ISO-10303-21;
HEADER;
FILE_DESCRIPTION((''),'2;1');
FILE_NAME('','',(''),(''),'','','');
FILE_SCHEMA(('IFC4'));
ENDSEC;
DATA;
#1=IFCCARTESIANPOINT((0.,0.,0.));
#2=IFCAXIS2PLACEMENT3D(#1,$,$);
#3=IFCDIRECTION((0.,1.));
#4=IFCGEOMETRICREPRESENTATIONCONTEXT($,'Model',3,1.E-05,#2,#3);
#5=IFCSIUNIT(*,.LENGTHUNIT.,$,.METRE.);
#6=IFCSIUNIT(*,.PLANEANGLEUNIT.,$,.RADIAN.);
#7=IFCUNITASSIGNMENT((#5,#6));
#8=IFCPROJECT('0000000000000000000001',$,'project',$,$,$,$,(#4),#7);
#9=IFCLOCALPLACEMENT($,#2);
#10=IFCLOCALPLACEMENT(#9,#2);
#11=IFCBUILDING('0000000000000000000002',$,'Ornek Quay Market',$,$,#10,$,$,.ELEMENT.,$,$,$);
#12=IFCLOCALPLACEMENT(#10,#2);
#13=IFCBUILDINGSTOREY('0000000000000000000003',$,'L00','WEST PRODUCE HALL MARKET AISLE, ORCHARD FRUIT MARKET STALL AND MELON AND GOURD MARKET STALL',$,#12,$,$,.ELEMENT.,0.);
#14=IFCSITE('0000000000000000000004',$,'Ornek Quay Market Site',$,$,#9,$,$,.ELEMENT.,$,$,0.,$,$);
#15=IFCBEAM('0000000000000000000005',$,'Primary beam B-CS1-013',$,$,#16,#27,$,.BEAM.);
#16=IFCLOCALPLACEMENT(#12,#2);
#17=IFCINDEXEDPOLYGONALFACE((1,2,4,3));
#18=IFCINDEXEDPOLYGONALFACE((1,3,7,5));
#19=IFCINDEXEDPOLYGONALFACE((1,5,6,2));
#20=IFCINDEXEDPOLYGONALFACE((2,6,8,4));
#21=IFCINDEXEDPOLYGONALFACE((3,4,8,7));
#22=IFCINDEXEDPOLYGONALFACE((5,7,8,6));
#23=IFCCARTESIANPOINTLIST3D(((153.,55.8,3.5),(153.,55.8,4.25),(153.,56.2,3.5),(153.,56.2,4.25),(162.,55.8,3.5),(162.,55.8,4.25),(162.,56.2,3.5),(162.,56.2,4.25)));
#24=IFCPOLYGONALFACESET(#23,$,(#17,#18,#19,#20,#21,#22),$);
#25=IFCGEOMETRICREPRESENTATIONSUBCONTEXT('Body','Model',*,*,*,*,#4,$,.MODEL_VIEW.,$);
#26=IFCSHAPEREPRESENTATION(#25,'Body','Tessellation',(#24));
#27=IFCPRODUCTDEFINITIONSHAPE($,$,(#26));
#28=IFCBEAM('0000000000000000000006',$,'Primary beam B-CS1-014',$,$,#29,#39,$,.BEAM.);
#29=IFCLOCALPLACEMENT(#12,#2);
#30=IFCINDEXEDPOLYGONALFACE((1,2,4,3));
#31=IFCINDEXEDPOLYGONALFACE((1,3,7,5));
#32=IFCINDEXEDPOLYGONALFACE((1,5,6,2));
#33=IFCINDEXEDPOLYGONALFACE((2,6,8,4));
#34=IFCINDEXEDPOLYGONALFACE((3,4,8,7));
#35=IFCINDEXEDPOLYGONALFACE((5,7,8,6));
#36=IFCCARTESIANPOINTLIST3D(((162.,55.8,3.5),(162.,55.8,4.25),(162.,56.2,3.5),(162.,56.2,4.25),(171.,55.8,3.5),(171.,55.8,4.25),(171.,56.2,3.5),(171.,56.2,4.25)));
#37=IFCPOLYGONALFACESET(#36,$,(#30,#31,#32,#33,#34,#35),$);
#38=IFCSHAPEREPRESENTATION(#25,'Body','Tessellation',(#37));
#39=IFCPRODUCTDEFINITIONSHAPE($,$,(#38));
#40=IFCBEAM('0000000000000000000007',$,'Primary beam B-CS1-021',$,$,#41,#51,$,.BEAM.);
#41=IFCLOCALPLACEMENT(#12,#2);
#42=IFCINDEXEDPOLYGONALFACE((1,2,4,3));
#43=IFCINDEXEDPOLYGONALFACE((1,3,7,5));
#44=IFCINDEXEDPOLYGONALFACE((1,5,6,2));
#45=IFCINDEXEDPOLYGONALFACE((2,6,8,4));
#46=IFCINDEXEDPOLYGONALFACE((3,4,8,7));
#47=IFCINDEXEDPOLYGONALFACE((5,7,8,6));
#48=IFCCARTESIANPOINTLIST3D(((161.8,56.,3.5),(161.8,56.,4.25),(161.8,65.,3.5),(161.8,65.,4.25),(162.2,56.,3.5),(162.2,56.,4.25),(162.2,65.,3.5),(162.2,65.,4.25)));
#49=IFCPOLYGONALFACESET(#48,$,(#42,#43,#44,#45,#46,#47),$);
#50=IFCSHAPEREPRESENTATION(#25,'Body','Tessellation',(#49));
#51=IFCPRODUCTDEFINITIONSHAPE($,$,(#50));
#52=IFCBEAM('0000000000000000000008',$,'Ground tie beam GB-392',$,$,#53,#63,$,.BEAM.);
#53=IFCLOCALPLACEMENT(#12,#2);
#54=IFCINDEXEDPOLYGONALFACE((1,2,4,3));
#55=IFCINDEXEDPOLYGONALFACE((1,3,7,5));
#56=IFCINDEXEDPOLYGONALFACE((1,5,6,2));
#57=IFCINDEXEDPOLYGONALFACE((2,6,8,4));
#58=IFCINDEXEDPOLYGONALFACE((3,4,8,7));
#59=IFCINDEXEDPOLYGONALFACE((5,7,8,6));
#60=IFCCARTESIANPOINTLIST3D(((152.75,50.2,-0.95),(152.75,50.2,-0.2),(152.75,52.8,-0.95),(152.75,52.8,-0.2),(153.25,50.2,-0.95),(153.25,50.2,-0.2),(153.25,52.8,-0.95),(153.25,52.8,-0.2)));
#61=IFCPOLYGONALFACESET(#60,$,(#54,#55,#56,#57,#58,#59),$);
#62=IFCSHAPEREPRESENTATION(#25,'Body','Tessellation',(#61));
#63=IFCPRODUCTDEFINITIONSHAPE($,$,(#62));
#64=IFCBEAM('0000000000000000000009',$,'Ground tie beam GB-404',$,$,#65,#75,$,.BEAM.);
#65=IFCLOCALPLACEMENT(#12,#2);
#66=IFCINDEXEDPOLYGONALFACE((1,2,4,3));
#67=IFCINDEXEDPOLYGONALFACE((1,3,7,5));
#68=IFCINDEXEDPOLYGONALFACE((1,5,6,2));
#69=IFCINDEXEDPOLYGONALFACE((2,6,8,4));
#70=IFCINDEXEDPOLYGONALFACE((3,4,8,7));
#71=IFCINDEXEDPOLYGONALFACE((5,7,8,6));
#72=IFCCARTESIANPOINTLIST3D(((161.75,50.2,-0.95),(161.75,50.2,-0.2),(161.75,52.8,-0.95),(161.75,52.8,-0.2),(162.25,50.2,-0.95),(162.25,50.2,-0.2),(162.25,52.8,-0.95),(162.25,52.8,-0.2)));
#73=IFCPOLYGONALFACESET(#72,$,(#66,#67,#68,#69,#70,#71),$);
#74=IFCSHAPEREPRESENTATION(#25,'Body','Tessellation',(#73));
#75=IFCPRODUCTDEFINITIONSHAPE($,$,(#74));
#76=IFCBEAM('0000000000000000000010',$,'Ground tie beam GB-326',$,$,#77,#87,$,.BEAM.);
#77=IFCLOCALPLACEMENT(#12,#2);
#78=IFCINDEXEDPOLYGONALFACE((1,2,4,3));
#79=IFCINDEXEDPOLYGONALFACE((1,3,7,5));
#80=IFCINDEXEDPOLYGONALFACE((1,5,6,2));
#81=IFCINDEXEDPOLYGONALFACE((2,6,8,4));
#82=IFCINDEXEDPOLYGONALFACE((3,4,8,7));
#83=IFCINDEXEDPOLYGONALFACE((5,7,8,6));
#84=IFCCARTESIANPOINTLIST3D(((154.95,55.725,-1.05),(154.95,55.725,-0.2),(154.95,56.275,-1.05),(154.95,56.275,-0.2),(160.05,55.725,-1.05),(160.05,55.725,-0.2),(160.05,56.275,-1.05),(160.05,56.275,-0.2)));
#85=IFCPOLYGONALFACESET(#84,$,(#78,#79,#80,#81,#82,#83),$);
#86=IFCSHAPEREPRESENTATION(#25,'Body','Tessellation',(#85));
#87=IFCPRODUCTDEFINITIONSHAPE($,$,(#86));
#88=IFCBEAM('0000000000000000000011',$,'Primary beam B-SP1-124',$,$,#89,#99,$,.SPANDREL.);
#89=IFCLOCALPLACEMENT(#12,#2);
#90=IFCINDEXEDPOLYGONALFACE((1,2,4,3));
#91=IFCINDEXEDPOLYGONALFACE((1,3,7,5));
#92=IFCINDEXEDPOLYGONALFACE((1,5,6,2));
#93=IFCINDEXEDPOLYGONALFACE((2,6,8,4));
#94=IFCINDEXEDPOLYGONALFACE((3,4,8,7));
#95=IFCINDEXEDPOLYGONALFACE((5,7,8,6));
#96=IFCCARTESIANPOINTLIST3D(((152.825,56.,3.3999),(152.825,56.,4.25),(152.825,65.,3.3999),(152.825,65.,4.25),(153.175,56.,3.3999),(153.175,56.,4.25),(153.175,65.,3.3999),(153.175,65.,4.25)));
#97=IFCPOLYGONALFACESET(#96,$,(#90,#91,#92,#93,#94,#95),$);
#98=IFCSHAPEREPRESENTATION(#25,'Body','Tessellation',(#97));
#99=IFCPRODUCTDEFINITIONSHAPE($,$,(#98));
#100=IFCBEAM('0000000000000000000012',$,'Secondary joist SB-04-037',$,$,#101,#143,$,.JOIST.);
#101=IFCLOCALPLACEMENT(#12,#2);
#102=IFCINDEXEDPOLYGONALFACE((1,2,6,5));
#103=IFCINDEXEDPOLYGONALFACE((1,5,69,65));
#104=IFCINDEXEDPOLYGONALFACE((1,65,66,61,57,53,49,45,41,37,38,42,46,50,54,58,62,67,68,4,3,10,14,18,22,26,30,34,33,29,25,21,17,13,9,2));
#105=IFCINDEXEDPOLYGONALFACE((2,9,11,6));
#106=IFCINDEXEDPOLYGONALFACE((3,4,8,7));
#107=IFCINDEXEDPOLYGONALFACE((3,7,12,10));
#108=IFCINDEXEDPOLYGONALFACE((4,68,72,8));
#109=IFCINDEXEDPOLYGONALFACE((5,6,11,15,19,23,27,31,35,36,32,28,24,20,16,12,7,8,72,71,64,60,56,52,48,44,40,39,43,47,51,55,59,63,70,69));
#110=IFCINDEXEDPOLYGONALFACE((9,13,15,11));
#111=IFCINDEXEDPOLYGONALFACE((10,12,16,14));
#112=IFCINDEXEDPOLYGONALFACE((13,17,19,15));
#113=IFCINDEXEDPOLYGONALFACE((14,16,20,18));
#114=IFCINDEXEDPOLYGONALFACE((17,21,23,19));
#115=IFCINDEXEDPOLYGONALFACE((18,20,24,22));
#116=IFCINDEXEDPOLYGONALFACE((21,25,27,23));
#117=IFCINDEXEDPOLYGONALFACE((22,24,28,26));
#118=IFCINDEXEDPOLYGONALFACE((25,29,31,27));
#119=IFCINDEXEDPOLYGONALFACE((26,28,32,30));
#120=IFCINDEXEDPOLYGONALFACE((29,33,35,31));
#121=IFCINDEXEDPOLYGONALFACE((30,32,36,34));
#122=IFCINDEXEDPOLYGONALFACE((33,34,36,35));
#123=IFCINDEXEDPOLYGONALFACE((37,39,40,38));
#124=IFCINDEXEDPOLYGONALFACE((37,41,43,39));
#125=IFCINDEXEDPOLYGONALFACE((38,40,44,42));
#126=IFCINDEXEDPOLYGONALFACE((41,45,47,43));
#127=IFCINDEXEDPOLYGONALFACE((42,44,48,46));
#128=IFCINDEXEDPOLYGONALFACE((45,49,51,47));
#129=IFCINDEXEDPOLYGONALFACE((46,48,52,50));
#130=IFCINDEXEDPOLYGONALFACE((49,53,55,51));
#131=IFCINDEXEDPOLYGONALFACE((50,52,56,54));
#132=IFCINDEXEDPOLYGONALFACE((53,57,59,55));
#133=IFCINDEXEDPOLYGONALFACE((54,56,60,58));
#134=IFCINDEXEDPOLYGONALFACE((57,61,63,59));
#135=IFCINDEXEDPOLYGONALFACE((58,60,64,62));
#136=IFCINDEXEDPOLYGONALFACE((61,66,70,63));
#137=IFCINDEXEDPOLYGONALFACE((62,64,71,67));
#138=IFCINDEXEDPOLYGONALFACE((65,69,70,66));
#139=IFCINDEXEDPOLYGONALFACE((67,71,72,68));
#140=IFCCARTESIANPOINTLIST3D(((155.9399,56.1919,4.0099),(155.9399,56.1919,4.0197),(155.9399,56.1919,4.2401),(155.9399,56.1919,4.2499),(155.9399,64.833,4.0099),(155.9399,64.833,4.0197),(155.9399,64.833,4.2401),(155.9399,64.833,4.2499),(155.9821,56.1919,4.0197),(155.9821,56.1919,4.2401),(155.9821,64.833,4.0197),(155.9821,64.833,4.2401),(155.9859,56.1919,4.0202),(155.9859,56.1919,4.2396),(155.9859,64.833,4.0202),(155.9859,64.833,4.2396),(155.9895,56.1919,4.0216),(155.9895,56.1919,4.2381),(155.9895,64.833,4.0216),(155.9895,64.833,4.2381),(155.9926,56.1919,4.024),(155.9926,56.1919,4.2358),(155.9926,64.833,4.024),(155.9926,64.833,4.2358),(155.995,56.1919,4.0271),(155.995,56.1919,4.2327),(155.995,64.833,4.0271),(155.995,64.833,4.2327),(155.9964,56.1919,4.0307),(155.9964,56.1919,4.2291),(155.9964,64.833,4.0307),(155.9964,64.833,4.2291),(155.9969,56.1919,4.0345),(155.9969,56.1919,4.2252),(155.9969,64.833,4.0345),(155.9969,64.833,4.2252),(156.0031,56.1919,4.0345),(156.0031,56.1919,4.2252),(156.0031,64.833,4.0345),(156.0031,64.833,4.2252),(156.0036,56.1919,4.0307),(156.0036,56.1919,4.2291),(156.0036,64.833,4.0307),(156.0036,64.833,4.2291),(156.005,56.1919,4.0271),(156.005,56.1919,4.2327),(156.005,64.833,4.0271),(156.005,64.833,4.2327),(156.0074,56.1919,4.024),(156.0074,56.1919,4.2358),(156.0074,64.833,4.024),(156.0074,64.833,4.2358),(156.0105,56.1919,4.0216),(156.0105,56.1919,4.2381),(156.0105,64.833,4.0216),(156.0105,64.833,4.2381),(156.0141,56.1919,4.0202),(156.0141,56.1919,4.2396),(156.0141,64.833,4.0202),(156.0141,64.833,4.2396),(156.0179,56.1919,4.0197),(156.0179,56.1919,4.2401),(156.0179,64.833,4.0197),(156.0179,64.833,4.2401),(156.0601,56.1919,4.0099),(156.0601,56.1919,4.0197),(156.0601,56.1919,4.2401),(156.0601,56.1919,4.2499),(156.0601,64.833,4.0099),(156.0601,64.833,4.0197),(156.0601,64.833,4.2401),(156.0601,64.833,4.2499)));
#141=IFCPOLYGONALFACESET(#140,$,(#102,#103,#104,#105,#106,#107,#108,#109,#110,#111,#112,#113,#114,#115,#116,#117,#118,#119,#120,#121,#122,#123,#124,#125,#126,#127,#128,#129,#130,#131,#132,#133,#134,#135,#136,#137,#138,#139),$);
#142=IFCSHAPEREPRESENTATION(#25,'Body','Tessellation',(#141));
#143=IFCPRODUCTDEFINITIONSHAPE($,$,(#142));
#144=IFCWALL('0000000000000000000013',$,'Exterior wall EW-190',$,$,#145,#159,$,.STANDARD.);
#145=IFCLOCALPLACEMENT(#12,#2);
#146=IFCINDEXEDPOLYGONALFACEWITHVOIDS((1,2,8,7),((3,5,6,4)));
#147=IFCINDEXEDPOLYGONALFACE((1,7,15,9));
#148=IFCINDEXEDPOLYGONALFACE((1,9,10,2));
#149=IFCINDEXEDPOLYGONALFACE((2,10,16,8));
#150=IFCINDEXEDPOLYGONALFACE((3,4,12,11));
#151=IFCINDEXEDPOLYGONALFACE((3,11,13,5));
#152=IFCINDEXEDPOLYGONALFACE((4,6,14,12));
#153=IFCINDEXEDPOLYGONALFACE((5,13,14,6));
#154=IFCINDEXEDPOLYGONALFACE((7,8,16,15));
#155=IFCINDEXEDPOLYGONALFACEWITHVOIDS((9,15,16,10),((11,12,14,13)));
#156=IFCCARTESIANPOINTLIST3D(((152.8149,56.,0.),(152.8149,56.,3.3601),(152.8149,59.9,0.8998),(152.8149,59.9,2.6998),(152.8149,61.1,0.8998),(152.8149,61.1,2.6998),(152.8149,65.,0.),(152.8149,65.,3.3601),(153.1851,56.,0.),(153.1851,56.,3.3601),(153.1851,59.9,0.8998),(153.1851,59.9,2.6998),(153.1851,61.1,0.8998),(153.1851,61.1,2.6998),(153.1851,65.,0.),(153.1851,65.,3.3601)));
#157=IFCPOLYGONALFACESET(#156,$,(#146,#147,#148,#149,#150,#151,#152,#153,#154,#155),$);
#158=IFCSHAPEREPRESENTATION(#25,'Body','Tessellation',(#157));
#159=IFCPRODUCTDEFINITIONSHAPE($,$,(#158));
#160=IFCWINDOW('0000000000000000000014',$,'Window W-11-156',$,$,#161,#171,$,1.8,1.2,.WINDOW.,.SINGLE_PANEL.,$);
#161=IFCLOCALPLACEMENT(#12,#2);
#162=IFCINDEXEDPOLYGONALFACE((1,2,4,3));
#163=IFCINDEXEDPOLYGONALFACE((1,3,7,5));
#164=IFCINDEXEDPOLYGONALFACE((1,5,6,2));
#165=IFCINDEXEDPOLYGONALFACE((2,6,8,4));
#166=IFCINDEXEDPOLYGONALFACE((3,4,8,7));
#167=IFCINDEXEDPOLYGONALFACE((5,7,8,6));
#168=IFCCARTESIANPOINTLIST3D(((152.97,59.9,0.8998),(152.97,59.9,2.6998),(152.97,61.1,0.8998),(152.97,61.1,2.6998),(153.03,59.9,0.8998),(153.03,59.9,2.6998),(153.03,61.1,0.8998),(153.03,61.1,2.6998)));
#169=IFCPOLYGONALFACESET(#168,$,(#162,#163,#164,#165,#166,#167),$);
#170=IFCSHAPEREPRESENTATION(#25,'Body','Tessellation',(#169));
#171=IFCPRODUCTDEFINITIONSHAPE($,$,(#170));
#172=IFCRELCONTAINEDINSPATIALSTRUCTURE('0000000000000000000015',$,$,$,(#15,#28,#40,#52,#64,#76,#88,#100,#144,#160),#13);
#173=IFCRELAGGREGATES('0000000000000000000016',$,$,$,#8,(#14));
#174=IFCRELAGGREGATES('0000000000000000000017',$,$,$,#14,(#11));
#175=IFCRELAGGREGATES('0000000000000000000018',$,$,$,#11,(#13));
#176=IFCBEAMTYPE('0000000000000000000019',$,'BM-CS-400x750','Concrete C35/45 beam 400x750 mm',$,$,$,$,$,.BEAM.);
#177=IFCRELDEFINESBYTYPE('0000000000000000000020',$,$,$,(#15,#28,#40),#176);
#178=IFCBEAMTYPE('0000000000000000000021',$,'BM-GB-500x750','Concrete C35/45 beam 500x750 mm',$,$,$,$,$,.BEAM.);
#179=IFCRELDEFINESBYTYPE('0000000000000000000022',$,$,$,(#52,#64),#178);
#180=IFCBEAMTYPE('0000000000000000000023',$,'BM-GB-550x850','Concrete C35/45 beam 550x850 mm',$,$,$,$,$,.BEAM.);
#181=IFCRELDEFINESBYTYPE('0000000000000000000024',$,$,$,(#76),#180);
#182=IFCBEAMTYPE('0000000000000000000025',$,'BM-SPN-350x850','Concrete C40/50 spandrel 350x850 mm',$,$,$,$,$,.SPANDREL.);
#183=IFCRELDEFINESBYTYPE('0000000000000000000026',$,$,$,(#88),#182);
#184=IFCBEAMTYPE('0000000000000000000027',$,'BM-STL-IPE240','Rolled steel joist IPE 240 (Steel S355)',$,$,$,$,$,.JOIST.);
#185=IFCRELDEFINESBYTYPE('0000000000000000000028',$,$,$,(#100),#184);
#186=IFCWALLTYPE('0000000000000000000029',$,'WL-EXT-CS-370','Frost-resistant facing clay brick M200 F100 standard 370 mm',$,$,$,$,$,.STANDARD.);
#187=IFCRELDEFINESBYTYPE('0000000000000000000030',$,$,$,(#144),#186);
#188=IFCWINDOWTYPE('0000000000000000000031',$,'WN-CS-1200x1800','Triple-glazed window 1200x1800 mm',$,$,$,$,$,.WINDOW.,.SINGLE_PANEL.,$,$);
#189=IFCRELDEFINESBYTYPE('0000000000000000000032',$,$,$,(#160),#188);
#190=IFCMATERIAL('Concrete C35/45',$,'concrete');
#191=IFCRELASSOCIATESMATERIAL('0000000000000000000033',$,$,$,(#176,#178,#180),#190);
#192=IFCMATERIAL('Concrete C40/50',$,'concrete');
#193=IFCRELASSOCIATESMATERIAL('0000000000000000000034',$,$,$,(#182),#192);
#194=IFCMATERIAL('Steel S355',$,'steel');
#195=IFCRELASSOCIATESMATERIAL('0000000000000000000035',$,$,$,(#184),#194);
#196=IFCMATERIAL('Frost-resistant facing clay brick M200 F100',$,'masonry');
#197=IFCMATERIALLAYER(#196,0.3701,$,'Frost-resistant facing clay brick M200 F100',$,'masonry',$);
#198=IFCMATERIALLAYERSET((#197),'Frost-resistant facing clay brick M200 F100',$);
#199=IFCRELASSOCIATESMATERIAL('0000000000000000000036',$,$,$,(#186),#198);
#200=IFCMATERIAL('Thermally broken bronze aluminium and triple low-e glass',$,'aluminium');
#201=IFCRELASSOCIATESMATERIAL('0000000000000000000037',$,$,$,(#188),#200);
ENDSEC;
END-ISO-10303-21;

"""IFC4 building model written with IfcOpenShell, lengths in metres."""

from ifc_helpers import new_model, si_unit, direction, frame, frame_2d, origin, origin_2d, place, context, subcontext, project, spatial, rectangle, i_section, extrude, material, layer, layer_set, material_profile, profile_set, type_object, element, fill, save


model = new_model("IFC4")

# Units and contexts
model_context = context("Model", 3, precision=1e-05, world=origin(), true_north=direction((0.0, 1.0)))
body_context = subcontext(model_context, "Body", "Model", "MODEL_VIEW")
ifc_project = project(units=[si_unit("LENGTHUNIT", "METRE"), si_unit("PLANEANGLEUNIT", "RADIAN")], contexts=[model_context])

# Site, building, storey
site_placement = place(None, origin())
site = spatial("IfcSite", under=ifc_project, at=site_placement, Name="Ornek Quay Market Site", CompositionType="ELEMENT", RefElevation=0.0)
building_placement = place(site_placement, origin())
building = spatial("IfcBuilding", under=site, at=building_placement, Name="Ornek Quay Market", CompositionType="ELEMENT")
storey_placement = place(building_placement, origin())
storey = spatial("IfcBuildingStorey", under=building, at=storey_placement, Name="L00", Description="WEST PRODUCE HALL MARKET AISLE, ORCHARD FRUIT MARKET STALL AND MELON AND GOURD MARKET STALL", CompositionType="ELEMENT", Elevation=0.0)

# Shared definitions
ifc_material_1 = material(Name="Concrete C35/45", Category="concrete")

# Shared definitions
ifc_material_2 = material(Name="Concrete C40/50", Category="concrete")

# Beams
ifc_material_profile_1 = material_profile(ifc_material_1, rectangle(XDim=0.3999, YDim=0.75, at=origin_2d()), Name="RC 400x750", Category="concrete")
ifc_profile_set_1 = profile_set([ifc_material_profile_1], Name="Concrete C35/45")
beam_type_1 = type_object("IfcBeamType", Name="BM-CS-400x750", Description="Concrete C35/45 beam 400x750 mm", PredefinedType="BEAM", material=ifc_profile_set_1)
for number, where, z_axis, x_axis, name in (
    (1, (153.0, 56.0, 3.875), (1.0, 0.0, 0.0), (0.0, 1.0, 0.0), "Primary beam B-CS1-013"),
    (2, (162.0, 56.0, 3.875), (1.0, 0.0, 0.0), (0.0, 1.0, 0.0), "Primary beam B-CS1-014"),
    (3, (162.0, 56.0, 3.875), (0.0, 1.0, 0.0), (-1.0, 0.0, 0.0), "Primary beam B-CS1-021"),
):
    element("IfcBeam", number, at=place(storey_placement, frame(where, z_axis=z_axis, x_axis=x_axis)), inside=storey, type_object=beam_type_1, Name=name, PredefinedType="BEAM", context=body_context, shape_type="SweptSolid", body=[
        extrude(rectangle(XDim=0.3999, YDim=0.75, at=origin_2d()), origin(), (0.0, 0.0, 1.0), 9.0),
    ])
ifc_material_profile_2 = material_profile(ifc_material_1, rectangle(XDim=0.5, YDim=0.75, at=origin_2d()), Name="RC 500x750", Category="concrete")
ifc_profile_set_2 = profile_set([ifc_material_profile_2], Name="Concrete C35/45")
beam_type_2 = type_object("IfcBeamType", Name="BM-GB-500x750", Description="Concrete C35/45 beam 500x750 mm", PredefinedType="BEAM", material=ifc_profile_set_2)
for number, where, z_axis, x_axis, name in (
    (4, (153.0, 50.2, -0.575), (0.0, 1.0, 0.0), (-1.0, 0.0, 0.0), "Ground tie beam GB-392"),
    (5, (162.0, 50.2, -0.575), (0.0, 1.0, 0.0), (-1.0, 0.0, 0.0), "Ground tie beam GB-404"),
):
    element("IfcBeam", number, at=place(storey_placement, frame(where, z_axis=z_axis, x_axis=x_axis)), inside=storey, type_object=beam_type_2, Name=name, PredefinedType="BEAM", context=body_context, shape_type="SweptSolid", body=[
        extrude(rectangle(XDim=0.5, YDim=0.75, at=origin_2d()), origin(), (0.0, 0.0, 1.0), 2.6001),
    ])
ifc_material_profile_3 = material_profile(ifc_material_1, rectangle(XDim=0.55, YDim=0.8501, at=origin_2d()), Name="RC 550x850", Category="concrete")
ifc_profile_set_3 = profile_set([ifc_material_profile_3], Name="Concrete C35/45")
beam_type_3 = type_object("IfcBeamType", Name="BM-GB-550x850", Description="Concrete C35/45 beam 550x850 mm", PredefinedType="BEAM", material=ifc_profile_set_3)
beam_1_placement = place(storey_placement, frame((154.95, 56.0, -0.625), z_axis=(1.0, 0.0, 0.0), x_axis=(0.0, 1.0, 0.0)))
element("IfcBeam", 6, at=beam_1_placement, inside=storey, type_object=beam_type_3, Name="Ground tie beam GB-326", PredefinedType="BEAM", context=body_context, shape_type="SweptSolid", body=[
    extrude(rectangle(XDim=0.55, YDim=0.8501, at=origin_2d()), origin(), (0.0, 0.0, 1.0), 5.1001),
])
ifc_material_profile_4 = material_profile(ifc_material_2, rectangle(XDim=0.3501, YDim=0.8501, at=origin_2d()), Name="RC 350x850", Category="concrete")
ifc_profile_set_4 = profile_set([ifc_material_profile_4], Name="Concrete C40/50")
beam_type_4 = type_object("IfcBeamType", Name="BM-SPN-350x850", Description="Concrete C40/50 spandrel 350x850 mm", PredefinedType="SPANDREL", material=ifc_profile_set_4)
beam_2_placement = place(storey_placement, frame((153.0, 56.0, 3.825), z_axis=(0.0, 1.0, 0.0), x_axis=(-1.0, 0.0, 0.0)))
element("IfcBeam", 7, at=beam_2_placement, inside=storey, type_object=beam_type_4, Name="Primary beam B-SP1-124", PredefinedType="SPANDREL", context=body_context, shape_type="SweptSolid", body=[
    extrude(rectangle(XDim=0.3501, YDim=0.8501, at=origin_2d()), origin(), (0.0, 0.0, 1.0), 9.0),
])
ifc_material_3 = material(Name="Steel S355", Category="steel")
ifc_material_profile_5 = material_profile(ifc_material_3, i_section(OverallWidth=0.1201, OverallDepth=0.24, WebThickness=0.0061, FlangeThickness=0.0098, FilletRadius=0.0149, at=origin_2d()), Name="IPE 240", Category="steel")
ifc_profile_set_5 = profile_set([ifc_material_profile_5], Name="Steel S355")
beam_type_5 = type_object("IfcBeamType", Name="BM-STL-IPE240", Description="Rolled steel joist IPE 240 (Steel S355)", PredefinedType="JOIST", material=ifc_profile_set_5)
beam_3_placement = place(storey_placement, frame((156.0, 56.1919, 4.1299), z_axis=(0.0, 1.0, 0.0), x_axis=(-1.0, 0.0, 0.0)))
element("IfcBeam", 8, at=beam_3_placement, inside=storey, type_object=beam_type_5, Name="Secondary joist SB-04-037", PredefinedType="JOIST", context=body_context, shape_type="SweptSolid", body=[
    extrude(i_section(OverallWidth=0.1201, OverallDepth=0.24, WebThickness=0.0061, FlangeThickness=0.0098, FilletRadius=0.0149, at=origin_2d()), origin(), (0.0, 0.0, 1.0), 8.6411),
])

# Wall, opening, window
ifc_material_4 = material(Name="Frost-resistant facing clay brick M200 F100", Category="masonry")
ifc_layer = layer(ifc_material_4, 0.3701, Name="Frost-resistant facing clay brick M200 F100", Category="masonry")
ifc_layer_set = layer_set([ifc_layer], Name="Frost-resistant facing clay brick M200 F100")
wall_type = type_object("IfcWallType", Name="WL-EXT-CS-370", Description="Frost-resistant facing clay brick M200 F100 standard 370 mm", PredefinedType="STANDARD", material=ifc_layer_set)
wall_placement = place(storey_placement, frame((153.0, 56.0, 0.0), z_axis=(0.0, 0.0, 1.0), x_axis=(0.0, 1.0, 0.0)))
wall = element("IfcWall", 9, at=wall_placement, inside=storey, type_object=wall_type, Name="Exterior wall EW-190", PredefinedType="STANDARD", context=body_context, shape_type="SweptSolid", body=[
    extrude(rectangle(XDim=9.0, YDim=0.3701, at=frame_2d((4.5, 0.0))), origin(), (0.0, 0.0, 1.0), 3.3601),
])
opening_placement = place(wall_placement, frame((3.8999, 0.0, 0.8999)))
opening = element("IfcOpeningElement", 10, at=opening_placement, cuts=wall, PredefinedType="OPENING", context=body_context, shape_type="SweptSolid", body=[
    extrude(rectangle(XDim=1.2, YDim=1.8, at=frame_2d((0.6001, 0.8999))), frame((0.0, 0.1951, 0.0), z_axis=(0.0, -1.0, 0.0), x_axis=(1.0, 0.0, 0.0)), (0.0, 0.0, 1.0), 0.3901),
])
ifc_material_5 = material(Name="Thermally broken bronze aluminium and triple low-e glass", Category="aluminium")
window_type = type_object("IfcWindowType", Name="WN-CS-1200x1800", Description="Triple-glazed window 1200x1800 mm", PartitioningType="SINGLE_PANEL", PredefinedType="WINDOW", material=ifc_material_5)
window_placement = place(opening_placement, origin())
window = element("IfcWindow", 11, at=window_placement, inside=storey, type_object=window_type, Name="Window W-11-156", OverallHeight=1.8, OverallWidth=1.2, PartitioningType="SINGLE_PANEL", PredefinedType="WINDOW", context=body_context, shape_type="SweptSolid", body=[
    extrude(rectangle(XDim=1.2, YDim=1.8, at=frame_2d((0.6001, 0.8999))), frame((0.0, 0.03, 0.0), z_axis=(0.0, -1.0, 0.0), x_axis=(1.0, 0.0, 0.0)), (0.0, 0.0, 1.0), 0.0601),
])
fill(opening, window)

save(model, "model.ifc")
